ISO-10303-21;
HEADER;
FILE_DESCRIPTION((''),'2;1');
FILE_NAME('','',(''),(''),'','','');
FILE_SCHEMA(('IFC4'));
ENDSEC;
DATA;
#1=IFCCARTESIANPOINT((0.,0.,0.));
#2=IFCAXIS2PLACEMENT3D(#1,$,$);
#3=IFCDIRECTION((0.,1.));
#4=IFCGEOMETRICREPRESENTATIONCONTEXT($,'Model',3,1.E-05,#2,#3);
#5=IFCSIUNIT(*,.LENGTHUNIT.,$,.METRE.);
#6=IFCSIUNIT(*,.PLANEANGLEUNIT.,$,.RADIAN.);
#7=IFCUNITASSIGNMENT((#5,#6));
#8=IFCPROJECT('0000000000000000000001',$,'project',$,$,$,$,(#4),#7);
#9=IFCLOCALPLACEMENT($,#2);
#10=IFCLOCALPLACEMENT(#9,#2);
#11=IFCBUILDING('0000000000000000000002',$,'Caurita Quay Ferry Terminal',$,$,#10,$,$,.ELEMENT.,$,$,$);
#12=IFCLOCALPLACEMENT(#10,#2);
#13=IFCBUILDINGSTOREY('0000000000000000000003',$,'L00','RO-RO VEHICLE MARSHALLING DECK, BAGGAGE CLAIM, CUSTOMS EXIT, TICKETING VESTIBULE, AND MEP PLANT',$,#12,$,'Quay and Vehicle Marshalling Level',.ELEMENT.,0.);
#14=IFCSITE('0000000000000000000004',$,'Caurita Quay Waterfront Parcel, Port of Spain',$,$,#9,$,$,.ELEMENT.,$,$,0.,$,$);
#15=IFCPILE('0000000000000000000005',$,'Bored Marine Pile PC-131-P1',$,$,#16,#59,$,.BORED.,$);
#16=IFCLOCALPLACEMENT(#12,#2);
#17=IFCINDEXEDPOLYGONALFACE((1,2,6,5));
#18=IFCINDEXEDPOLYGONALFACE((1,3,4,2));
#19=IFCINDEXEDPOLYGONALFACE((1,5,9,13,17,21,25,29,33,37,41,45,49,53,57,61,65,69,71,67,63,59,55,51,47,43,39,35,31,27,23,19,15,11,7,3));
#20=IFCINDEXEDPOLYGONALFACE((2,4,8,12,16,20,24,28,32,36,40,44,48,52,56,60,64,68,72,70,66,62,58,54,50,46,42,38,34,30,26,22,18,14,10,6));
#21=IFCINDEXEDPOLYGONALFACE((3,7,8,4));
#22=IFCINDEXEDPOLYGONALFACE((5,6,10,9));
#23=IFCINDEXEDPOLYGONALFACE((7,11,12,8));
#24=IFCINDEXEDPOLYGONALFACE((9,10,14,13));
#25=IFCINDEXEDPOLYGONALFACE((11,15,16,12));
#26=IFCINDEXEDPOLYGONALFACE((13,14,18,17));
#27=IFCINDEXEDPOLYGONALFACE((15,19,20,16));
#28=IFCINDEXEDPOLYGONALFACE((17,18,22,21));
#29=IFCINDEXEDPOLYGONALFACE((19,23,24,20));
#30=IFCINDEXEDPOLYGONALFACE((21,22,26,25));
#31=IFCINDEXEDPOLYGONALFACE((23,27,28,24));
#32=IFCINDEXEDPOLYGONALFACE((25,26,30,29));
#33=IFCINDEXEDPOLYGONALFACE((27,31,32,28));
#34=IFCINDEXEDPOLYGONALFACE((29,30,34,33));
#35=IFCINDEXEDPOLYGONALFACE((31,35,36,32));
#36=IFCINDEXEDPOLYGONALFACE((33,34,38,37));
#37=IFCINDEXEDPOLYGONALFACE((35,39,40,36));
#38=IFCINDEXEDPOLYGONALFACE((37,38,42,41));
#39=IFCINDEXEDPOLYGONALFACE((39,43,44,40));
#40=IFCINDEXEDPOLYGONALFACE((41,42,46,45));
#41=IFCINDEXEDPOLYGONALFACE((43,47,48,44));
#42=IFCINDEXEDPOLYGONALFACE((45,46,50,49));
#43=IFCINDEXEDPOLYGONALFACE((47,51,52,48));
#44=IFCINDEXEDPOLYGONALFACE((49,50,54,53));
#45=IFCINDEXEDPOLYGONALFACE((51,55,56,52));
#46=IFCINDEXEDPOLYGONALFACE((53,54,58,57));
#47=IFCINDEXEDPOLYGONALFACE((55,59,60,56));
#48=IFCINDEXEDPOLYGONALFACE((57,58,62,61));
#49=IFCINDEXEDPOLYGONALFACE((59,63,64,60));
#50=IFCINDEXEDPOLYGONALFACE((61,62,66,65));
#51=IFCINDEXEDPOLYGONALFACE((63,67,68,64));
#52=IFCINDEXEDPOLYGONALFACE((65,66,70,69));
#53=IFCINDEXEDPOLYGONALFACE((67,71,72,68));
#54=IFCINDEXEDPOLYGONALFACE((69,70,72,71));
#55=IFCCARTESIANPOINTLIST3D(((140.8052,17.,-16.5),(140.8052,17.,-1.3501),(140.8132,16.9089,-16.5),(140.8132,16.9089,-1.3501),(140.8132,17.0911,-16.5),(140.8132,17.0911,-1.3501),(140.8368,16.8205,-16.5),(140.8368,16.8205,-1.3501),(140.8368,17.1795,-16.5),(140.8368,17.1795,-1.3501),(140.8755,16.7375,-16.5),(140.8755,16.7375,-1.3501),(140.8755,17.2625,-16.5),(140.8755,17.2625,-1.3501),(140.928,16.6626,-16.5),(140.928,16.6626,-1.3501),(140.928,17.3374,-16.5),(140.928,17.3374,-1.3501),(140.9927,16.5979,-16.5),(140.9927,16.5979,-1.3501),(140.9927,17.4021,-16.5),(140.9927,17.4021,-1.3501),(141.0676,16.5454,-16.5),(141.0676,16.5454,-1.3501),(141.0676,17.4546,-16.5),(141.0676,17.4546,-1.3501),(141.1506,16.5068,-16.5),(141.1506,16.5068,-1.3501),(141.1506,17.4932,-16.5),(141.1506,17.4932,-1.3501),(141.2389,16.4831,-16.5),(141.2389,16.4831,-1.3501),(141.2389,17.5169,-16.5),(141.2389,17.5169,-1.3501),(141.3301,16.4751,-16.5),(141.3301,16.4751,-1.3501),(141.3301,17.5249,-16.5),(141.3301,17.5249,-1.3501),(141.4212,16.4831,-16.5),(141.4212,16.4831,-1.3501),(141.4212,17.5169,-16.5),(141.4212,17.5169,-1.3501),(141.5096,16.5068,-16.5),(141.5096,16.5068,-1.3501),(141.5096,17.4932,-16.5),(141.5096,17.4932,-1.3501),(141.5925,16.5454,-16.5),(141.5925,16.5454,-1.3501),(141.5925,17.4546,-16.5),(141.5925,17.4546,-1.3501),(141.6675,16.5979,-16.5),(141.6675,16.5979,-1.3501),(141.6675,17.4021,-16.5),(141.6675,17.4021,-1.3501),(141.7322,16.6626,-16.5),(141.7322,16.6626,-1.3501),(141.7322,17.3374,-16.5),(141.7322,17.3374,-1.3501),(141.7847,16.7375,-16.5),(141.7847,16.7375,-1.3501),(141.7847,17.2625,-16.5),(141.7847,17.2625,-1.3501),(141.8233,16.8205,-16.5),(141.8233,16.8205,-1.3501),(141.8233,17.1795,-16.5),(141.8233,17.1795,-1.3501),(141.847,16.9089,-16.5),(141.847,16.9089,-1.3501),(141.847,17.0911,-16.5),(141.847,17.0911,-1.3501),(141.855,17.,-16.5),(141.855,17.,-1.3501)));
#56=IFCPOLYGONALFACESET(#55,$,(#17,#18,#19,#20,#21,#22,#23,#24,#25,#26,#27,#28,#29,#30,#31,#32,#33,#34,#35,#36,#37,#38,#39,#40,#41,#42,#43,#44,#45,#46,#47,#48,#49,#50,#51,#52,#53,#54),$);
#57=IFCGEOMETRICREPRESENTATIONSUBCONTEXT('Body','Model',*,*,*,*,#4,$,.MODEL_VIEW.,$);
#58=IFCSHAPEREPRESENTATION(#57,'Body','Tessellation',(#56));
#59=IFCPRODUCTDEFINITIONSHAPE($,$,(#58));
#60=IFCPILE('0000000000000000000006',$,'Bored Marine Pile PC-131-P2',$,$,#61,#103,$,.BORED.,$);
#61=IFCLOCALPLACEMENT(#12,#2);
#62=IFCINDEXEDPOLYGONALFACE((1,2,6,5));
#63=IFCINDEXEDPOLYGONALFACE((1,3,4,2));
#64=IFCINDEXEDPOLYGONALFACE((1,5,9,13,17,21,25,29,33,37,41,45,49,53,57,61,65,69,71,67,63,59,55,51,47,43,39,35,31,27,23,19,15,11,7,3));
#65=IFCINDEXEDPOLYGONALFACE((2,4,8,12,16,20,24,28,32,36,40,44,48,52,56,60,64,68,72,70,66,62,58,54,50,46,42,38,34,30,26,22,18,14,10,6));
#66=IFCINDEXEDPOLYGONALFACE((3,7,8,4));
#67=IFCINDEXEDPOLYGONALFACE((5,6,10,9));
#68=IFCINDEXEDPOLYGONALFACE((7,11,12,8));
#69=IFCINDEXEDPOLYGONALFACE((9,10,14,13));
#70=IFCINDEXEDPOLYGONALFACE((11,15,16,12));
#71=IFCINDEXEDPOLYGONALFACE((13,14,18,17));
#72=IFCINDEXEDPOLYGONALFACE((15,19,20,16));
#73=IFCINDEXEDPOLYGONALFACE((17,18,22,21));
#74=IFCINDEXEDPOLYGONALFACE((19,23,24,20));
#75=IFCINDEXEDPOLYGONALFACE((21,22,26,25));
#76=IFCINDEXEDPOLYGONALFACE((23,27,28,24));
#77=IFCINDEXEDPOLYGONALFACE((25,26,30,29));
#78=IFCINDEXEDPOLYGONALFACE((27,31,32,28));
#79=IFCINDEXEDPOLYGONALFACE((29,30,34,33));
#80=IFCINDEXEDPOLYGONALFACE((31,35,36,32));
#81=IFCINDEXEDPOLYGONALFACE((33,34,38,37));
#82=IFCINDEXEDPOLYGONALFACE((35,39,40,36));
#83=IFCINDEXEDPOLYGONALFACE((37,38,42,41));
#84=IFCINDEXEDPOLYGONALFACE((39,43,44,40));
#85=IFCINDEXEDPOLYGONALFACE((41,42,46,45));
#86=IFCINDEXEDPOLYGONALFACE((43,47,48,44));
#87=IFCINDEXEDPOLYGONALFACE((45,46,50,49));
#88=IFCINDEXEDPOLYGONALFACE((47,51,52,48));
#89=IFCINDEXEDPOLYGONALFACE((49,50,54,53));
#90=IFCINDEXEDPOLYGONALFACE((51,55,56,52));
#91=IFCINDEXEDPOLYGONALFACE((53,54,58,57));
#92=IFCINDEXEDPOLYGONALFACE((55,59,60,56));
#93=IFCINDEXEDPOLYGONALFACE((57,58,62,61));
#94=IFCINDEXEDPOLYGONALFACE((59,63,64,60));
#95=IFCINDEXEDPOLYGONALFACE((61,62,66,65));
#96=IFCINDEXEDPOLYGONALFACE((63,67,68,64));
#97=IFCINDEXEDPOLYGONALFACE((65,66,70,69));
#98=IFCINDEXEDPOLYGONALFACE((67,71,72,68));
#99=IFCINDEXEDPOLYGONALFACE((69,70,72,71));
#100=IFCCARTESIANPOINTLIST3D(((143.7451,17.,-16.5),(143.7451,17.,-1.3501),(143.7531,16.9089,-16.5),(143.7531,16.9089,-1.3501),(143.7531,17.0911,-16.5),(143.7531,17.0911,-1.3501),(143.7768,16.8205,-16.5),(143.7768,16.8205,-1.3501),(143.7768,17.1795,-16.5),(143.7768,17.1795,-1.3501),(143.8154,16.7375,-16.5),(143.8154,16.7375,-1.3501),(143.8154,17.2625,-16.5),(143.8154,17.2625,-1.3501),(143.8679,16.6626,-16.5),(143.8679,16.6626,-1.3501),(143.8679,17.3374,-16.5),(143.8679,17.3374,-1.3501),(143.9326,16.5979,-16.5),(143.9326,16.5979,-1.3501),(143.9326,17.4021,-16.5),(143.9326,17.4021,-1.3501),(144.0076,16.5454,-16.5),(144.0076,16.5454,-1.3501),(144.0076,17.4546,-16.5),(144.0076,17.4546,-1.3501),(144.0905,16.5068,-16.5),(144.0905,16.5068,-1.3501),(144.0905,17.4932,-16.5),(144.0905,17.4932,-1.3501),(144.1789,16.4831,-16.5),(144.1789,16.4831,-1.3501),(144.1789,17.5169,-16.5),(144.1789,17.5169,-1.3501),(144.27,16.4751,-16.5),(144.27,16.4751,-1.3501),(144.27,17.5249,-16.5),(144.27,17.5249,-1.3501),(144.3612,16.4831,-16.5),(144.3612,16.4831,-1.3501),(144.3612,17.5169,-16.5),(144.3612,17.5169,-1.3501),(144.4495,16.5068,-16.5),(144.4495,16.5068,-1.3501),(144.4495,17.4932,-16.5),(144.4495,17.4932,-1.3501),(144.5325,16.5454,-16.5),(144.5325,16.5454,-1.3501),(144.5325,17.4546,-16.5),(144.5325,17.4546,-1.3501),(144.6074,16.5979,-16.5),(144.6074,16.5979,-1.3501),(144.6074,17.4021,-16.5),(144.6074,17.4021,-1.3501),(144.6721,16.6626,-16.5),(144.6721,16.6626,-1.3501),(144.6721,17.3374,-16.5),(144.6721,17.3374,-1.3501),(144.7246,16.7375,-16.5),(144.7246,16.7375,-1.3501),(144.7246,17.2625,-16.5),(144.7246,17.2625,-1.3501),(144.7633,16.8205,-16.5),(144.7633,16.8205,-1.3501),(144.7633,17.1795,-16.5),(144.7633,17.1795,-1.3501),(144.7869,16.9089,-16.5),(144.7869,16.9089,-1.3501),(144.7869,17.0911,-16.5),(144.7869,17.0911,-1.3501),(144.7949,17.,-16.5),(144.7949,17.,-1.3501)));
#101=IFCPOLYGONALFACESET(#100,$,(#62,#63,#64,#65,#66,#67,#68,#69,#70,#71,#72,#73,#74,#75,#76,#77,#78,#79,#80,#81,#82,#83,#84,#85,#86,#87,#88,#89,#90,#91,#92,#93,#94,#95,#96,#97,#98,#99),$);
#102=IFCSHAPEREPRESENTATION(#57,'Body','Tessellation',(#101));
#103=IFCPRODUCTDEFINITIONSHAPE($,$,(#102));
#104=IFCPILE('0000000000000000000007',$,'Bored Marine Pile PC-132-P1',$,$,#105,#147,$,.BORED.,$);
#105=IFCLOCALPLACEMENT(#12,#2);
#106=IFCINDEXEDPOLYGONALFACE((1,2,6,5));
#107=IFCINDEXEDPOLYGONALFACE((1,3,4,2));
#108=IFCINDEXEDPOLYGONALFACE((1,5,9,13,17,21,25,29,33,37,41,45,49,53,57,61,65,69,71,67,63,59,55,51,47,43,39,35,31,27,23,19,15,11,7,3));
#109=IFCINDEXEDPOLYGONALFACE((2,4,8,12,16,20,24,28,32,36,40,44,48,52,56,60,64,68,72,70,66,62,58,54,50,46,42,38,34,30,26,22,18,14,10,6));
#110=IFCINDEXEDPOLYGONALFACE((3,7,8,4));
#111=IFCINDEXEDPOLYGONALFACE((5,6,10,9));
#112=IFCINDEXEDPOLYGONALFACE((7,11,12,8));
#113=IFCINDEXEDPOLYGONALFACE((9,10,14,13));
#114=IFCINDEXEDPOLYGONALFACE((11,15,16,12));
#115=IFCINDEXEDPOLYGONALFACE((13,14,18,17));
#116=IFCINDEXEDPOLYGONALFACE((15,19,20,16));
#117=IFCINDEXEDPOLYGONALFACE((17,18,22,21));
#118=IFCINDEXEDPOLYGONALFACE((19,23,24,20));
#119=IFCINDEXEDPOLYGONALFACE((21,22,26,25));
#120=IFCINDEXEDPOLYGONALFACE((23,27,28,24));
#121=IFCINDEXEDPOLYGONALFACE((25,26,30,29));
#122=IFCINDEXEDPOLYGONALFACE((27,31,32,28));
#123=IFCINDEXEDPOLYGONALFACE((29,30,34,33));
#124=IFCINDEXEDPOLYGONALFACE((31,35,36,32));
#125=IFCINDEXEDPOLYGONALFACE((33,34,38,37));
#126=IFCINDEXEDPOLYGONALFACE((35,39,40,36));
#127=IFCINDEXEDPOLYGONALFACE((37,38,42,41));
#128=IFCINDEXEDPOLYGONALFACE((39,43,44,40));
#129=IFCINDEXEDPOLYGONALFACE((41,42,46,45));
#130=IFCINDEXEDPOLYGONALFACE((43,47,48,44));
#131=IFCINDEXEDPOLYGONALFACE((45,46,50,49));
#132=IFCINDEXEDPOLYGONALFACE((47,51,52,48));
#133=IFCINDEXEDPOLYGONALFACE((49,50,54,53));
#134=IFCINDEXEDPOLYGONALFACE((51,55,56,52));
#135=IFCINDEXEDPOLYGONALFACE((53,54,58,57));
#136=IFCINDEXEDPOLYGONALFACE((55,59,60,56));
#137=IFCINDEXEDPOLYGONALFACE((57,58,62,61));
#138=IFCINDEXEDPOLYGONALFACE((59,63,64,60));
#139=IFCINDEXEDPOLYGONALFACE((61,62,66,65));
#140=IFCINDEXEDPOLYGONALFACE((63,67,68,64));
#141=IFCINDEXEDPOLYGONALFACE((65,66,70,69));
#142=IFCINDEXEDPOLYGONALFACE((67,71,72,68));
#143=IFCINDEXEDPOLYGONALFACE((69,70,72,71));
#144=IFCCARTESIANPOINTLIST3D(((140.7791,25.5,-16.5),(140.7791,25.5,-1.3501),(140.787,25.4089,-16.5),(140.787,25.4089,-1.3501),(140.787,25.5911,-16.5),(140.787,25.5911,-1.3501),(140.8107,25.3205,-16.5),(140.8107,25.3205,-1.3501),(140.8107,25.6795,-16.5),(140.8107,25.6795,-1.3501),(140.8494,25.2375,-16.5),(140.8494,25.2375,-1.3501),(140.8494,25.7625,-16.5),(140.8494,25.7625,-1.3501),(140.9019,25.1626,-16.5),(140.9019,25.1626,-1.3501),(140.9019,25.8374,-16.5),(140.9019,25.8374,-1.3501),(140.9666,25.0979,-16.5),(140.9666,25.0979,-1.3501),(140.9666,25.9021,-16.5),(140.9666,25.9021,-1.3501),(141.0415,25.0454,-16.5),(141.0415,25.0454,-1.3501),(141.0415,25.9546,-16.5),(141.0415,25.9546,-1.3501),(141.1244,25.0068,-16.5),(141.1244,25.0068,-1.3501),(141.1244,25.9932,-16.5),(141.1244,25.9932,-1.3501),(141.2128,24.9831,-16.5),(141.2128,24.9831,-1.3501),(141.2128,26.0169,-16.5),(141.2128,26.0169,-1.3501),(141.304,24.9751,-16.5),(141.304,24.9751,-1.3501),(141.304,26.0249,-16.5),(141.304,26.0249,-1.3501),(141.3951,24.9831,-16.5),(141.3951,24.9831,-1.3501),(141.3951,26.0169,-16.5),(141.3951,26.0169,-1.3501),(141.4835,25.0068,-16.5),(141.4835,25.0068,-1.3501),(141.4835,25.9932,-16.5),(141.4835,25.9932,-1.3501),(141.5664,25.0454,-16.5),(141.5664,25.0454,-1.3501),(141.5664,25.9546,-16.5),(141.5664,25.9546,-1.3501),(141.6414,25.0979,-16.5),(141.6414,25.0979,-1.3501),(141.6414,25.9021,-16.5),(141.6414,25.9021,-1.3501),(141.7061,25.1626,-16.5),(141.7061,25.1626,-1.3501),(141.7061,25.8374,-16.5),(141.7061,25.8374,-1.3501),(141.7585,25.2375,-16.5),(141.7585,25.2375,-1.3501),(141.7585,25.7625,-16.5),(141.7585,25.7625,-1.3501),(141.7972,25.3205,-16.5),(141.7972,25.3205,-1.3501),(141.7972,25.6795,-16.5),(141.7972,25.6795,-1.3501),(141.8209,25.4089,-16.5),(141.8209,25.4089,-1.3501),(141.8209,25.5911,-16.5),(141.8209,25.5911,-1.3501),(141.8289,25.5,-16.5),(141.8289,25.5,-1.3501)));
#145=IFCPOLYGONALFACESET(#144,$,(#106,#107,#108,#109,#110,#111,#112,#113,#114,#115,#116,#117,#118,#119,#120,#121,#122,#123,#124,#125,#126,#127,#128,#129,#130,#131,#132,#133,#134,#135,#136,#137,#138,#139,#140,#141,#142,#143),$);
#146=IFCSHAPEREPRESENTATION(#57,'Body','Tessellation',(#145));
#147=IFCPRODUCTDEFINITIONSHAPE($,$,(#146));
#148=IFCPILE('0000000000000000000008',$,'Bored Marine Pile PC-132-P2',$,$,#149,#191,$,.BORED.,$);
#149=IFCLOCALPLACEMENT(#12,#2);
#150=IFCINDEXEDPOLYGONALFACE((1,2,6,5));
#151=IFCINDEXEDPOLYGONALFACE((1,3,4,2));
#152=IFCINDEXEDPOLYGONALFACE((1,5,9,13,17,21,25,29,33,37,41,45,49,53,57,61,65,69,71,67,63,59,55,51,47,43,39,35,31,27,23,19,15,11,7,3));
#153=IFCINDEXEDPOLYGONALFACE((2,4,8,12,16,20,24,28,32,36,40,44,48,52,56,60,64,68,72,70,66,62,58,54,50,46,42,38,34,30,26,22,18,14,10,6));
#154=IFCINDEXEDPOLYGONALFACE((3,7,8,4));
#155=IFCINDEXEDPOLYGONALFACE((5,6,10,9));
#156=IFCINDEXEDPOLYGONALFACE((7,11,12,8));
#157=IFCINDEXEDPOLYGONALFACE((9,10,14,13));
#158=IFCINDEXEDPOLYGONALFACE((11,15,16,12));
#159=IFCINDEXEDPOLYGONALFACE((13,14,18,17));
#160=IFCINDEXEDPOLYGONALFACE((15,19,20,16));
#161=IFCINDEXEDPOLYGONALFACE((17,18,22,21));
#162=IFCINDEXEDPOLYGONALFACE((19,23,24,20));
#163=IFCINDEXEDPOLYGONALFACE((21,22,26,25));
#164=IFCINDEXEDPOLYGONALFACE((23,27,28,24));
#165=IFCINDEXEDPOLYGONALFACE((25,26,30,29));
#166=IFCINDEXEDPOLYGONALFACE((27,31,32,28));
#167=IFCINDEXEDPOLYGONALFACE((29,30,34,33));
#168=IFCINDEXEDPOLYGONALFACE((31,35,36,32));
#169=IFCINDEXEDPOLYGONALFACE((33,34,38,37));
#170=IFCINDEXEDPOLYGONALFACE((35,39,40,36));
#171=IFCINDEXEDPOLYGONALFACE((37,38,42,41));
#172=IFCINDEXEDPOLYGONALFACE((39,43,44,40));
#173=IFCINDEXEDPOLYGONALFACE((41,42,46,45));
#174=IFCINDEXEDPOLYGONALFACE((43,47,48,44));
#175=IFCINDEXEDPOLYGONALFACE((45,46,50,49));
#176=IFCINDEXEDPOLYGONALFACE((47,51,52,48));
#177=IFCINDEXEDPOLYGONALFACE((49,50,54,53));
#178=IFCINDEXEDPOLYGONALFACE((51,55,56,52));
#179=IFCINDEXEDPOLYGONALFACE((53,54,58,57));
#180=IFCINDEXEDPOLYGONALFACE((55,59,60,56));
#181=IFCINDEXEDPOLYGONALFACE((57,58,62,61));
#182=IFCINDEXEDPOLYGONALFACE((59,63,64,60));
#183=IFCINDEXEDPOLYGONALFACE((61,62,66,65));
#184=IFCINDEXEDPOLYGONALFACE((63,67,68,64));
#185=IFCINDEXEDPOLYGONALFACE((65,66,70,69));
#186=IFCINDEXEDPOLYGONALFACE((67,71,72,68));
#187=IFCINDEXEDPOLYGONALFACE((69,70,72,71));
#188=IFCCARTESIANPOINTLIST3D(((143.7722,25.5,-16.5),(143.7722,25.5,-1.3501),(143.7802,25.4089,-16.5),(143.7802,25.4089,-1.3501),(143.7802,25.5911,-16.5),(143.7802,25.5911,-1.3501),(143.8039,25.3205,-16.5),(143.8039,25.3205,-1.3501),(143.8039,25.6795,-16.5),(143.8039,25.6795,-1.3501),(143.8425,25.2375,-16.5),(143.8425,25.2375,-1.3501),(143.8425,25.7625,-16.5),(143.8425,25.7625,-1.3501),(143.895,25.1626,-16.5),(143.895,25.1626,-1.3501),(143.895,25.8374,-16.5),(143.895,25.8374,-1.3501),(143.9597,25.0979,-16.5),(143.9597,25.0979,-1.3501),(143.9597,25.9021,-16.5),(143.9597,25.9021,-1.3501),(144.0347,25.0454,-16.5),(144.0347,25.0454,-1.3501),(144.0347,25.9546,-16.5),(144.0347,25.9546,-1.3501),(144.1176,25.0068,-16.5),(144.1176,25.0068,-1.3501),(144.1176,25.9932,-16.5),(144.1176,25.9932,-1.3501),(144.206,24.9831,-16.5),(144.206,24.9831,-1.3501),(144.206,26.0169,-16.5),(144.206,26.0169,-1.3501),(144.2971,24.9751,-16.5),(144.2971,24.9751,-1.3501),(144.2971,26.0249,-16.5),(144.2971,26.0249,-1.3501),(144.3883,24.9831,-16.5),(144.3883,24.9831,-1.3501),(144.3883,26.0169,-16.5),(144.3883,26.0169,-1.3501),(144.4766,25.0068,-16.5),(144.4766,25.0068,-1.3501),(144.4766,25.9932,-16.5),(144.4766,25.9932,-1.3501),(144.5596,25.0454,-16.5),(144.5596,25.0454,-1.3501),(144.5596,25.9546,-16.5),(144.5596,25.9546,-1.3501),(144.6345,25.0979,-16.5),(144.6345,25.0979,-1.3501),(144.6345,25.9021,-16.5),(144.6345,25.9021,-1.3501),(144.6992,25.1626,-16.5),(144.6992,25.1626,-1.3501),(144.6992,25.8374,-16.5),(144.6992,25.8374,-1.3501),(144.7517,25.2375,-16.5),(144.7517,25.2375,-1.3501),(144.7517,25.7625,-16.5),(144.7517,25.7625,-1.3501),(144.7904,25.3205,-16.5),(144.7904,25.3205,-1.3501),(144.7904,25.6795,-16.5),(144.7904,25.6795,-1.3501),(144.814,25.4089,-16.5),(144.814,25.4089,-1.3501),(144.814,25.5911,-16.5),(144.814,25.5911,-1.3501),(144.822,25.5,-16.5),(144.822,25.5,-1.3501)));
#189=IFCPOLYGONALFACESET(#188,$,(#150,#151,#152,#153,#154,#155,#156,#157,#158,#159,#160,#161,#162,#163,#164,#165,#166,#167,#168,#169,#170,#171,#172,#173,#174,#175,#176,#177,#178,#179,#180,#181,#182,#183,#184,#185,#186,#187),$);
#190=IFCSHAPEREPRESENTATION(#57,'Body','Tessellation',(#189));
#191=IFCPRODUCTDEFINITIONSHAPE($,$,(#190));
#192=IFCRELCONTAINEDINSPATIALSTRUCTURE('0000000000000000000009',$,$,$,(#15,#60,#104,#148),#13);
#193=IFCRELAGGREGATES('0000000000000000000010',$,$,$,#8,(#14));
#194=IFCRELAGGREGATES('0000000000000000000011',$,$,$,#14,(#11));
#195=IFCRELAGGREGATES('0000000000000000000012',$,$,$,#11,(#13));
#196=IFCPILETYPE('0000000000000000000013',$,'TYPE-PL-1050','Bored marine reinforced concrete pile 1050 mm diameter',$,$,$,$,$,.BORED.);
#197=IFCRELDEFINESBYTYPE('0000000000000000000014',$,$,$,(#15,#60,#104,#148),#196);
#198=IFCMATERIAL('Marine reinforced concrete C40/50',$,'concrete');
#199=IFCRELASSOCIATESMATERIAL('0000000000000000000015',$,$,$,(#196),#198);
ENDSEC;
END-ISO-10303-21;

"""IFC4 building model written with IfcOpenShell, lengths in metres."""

from ifc_helpers import new_model, si_unit, direction, frame, origin, origin_2d, place, context, subcontext, project, spatial, circle, extrude, material, material_profile, profile_set, type_object, element, save


model = new_model("IFC4")

# Units and contexts
model_context = context("Model", 3, precision=1e-05, world=origin(), true_north=direction((0.0, 1.0)))
body_context = subcontext(model_context, "Body", "Model", "MODEL_VIEW")
ifc_project = project(units=[si_unit("LENGTHUNIT", "METRE"), si_unit("PLANEANGLEUNIT", "RADIAN")], contexts=[model_context])

# Site, building, storey
site_placement = place(None, origin())
site = spatial("IfcSite", under=ifc_project, at=site_placement, Name="Caurita Quay Waterfront Parcel, Port of Spain", CompositionType="ELEMENT", RefElevation=0.0)
building_placement = place(site_placement, origin())
building = spatial("IfcBuilding", under=site, at=building_placement, Name="Caurita Quay Ferry Terminal", CompositionType="ELEMENT")
storey_placement = place(building_placement, origin())
storey = spatial("IfcBuildingStorey", under=building, at=storey_placement, Name="L00", Description="RO-RO VEHICLE MARSHALLING DECK, BAGGAGE CLAIM, CUSTOMS EXIT, TICKETING VESTIBULE, AND MEP PLANT", LongName="Quay and Vehicle Marshalling Level", CompositionType="ELEMENT", Elevation=0.0)

# Piles
ifc_material_1 = material(Name="Marine reinforced concrete C40/50", Category="concrete")
ifc_material_profile_1 = material_profile(ifc_material_1, circle(Radius=0.5249, at=origin_2d()), Name="PILE-D1050")
ifc_profile_set_1 = profile_set([ifc_material_profile_1], Name="Marine reinforced concrete C40/50")
pile_type_1 = type_object("IfcPileType", Name="TYPE-PL-1050", Description="Bored marine reinforced concrete pile 1050 mm diameter", PredefinedType="BORED", material=ifc_profile_set_1)
for number, where, z_axis, x_axis, name in (
    (1, (141.3301, 17.0, -1.3501), (0.0, 0.0, -1.0), (1.0, 0.0, 0.0), "Bored Marine Pile PC-131-P1"),
    (2, (144.27, 17.0, -1.3501), (0.0, 0.0, -1.0), (1.0, 0.0, 0.0), "Bored Marine Pile PC-131-P2"),
    (3, (141.304, 25.5, -1.3501), (0.0, 0.0, -1.0), (1.0, 0.0, 0.0), "Bored Marine Pile PC-132-P1"),
    (4, (144.2971, 25.5, -1.3501), (0.0, 0.0, -1.0), (1.0, 0.0, 0.0), "Bored Marine Pile PC-132-P2"),
):
    element("IfcPile", number, at=place(storey_placement, frame(where, z_axis=z_axis, x_axis=x_axis)), inside=storey, type_object=pile_type_1, Name=name, PredefinedType="BORED", context=body_context, shape_type="SweptSolid", body=[
        extrude(circle(Radius=0.5249, at=origin_2d()), origin(), (0.0, 0.0, 1.0), 15.1499),
    ])

save(model, "model.ifc")
